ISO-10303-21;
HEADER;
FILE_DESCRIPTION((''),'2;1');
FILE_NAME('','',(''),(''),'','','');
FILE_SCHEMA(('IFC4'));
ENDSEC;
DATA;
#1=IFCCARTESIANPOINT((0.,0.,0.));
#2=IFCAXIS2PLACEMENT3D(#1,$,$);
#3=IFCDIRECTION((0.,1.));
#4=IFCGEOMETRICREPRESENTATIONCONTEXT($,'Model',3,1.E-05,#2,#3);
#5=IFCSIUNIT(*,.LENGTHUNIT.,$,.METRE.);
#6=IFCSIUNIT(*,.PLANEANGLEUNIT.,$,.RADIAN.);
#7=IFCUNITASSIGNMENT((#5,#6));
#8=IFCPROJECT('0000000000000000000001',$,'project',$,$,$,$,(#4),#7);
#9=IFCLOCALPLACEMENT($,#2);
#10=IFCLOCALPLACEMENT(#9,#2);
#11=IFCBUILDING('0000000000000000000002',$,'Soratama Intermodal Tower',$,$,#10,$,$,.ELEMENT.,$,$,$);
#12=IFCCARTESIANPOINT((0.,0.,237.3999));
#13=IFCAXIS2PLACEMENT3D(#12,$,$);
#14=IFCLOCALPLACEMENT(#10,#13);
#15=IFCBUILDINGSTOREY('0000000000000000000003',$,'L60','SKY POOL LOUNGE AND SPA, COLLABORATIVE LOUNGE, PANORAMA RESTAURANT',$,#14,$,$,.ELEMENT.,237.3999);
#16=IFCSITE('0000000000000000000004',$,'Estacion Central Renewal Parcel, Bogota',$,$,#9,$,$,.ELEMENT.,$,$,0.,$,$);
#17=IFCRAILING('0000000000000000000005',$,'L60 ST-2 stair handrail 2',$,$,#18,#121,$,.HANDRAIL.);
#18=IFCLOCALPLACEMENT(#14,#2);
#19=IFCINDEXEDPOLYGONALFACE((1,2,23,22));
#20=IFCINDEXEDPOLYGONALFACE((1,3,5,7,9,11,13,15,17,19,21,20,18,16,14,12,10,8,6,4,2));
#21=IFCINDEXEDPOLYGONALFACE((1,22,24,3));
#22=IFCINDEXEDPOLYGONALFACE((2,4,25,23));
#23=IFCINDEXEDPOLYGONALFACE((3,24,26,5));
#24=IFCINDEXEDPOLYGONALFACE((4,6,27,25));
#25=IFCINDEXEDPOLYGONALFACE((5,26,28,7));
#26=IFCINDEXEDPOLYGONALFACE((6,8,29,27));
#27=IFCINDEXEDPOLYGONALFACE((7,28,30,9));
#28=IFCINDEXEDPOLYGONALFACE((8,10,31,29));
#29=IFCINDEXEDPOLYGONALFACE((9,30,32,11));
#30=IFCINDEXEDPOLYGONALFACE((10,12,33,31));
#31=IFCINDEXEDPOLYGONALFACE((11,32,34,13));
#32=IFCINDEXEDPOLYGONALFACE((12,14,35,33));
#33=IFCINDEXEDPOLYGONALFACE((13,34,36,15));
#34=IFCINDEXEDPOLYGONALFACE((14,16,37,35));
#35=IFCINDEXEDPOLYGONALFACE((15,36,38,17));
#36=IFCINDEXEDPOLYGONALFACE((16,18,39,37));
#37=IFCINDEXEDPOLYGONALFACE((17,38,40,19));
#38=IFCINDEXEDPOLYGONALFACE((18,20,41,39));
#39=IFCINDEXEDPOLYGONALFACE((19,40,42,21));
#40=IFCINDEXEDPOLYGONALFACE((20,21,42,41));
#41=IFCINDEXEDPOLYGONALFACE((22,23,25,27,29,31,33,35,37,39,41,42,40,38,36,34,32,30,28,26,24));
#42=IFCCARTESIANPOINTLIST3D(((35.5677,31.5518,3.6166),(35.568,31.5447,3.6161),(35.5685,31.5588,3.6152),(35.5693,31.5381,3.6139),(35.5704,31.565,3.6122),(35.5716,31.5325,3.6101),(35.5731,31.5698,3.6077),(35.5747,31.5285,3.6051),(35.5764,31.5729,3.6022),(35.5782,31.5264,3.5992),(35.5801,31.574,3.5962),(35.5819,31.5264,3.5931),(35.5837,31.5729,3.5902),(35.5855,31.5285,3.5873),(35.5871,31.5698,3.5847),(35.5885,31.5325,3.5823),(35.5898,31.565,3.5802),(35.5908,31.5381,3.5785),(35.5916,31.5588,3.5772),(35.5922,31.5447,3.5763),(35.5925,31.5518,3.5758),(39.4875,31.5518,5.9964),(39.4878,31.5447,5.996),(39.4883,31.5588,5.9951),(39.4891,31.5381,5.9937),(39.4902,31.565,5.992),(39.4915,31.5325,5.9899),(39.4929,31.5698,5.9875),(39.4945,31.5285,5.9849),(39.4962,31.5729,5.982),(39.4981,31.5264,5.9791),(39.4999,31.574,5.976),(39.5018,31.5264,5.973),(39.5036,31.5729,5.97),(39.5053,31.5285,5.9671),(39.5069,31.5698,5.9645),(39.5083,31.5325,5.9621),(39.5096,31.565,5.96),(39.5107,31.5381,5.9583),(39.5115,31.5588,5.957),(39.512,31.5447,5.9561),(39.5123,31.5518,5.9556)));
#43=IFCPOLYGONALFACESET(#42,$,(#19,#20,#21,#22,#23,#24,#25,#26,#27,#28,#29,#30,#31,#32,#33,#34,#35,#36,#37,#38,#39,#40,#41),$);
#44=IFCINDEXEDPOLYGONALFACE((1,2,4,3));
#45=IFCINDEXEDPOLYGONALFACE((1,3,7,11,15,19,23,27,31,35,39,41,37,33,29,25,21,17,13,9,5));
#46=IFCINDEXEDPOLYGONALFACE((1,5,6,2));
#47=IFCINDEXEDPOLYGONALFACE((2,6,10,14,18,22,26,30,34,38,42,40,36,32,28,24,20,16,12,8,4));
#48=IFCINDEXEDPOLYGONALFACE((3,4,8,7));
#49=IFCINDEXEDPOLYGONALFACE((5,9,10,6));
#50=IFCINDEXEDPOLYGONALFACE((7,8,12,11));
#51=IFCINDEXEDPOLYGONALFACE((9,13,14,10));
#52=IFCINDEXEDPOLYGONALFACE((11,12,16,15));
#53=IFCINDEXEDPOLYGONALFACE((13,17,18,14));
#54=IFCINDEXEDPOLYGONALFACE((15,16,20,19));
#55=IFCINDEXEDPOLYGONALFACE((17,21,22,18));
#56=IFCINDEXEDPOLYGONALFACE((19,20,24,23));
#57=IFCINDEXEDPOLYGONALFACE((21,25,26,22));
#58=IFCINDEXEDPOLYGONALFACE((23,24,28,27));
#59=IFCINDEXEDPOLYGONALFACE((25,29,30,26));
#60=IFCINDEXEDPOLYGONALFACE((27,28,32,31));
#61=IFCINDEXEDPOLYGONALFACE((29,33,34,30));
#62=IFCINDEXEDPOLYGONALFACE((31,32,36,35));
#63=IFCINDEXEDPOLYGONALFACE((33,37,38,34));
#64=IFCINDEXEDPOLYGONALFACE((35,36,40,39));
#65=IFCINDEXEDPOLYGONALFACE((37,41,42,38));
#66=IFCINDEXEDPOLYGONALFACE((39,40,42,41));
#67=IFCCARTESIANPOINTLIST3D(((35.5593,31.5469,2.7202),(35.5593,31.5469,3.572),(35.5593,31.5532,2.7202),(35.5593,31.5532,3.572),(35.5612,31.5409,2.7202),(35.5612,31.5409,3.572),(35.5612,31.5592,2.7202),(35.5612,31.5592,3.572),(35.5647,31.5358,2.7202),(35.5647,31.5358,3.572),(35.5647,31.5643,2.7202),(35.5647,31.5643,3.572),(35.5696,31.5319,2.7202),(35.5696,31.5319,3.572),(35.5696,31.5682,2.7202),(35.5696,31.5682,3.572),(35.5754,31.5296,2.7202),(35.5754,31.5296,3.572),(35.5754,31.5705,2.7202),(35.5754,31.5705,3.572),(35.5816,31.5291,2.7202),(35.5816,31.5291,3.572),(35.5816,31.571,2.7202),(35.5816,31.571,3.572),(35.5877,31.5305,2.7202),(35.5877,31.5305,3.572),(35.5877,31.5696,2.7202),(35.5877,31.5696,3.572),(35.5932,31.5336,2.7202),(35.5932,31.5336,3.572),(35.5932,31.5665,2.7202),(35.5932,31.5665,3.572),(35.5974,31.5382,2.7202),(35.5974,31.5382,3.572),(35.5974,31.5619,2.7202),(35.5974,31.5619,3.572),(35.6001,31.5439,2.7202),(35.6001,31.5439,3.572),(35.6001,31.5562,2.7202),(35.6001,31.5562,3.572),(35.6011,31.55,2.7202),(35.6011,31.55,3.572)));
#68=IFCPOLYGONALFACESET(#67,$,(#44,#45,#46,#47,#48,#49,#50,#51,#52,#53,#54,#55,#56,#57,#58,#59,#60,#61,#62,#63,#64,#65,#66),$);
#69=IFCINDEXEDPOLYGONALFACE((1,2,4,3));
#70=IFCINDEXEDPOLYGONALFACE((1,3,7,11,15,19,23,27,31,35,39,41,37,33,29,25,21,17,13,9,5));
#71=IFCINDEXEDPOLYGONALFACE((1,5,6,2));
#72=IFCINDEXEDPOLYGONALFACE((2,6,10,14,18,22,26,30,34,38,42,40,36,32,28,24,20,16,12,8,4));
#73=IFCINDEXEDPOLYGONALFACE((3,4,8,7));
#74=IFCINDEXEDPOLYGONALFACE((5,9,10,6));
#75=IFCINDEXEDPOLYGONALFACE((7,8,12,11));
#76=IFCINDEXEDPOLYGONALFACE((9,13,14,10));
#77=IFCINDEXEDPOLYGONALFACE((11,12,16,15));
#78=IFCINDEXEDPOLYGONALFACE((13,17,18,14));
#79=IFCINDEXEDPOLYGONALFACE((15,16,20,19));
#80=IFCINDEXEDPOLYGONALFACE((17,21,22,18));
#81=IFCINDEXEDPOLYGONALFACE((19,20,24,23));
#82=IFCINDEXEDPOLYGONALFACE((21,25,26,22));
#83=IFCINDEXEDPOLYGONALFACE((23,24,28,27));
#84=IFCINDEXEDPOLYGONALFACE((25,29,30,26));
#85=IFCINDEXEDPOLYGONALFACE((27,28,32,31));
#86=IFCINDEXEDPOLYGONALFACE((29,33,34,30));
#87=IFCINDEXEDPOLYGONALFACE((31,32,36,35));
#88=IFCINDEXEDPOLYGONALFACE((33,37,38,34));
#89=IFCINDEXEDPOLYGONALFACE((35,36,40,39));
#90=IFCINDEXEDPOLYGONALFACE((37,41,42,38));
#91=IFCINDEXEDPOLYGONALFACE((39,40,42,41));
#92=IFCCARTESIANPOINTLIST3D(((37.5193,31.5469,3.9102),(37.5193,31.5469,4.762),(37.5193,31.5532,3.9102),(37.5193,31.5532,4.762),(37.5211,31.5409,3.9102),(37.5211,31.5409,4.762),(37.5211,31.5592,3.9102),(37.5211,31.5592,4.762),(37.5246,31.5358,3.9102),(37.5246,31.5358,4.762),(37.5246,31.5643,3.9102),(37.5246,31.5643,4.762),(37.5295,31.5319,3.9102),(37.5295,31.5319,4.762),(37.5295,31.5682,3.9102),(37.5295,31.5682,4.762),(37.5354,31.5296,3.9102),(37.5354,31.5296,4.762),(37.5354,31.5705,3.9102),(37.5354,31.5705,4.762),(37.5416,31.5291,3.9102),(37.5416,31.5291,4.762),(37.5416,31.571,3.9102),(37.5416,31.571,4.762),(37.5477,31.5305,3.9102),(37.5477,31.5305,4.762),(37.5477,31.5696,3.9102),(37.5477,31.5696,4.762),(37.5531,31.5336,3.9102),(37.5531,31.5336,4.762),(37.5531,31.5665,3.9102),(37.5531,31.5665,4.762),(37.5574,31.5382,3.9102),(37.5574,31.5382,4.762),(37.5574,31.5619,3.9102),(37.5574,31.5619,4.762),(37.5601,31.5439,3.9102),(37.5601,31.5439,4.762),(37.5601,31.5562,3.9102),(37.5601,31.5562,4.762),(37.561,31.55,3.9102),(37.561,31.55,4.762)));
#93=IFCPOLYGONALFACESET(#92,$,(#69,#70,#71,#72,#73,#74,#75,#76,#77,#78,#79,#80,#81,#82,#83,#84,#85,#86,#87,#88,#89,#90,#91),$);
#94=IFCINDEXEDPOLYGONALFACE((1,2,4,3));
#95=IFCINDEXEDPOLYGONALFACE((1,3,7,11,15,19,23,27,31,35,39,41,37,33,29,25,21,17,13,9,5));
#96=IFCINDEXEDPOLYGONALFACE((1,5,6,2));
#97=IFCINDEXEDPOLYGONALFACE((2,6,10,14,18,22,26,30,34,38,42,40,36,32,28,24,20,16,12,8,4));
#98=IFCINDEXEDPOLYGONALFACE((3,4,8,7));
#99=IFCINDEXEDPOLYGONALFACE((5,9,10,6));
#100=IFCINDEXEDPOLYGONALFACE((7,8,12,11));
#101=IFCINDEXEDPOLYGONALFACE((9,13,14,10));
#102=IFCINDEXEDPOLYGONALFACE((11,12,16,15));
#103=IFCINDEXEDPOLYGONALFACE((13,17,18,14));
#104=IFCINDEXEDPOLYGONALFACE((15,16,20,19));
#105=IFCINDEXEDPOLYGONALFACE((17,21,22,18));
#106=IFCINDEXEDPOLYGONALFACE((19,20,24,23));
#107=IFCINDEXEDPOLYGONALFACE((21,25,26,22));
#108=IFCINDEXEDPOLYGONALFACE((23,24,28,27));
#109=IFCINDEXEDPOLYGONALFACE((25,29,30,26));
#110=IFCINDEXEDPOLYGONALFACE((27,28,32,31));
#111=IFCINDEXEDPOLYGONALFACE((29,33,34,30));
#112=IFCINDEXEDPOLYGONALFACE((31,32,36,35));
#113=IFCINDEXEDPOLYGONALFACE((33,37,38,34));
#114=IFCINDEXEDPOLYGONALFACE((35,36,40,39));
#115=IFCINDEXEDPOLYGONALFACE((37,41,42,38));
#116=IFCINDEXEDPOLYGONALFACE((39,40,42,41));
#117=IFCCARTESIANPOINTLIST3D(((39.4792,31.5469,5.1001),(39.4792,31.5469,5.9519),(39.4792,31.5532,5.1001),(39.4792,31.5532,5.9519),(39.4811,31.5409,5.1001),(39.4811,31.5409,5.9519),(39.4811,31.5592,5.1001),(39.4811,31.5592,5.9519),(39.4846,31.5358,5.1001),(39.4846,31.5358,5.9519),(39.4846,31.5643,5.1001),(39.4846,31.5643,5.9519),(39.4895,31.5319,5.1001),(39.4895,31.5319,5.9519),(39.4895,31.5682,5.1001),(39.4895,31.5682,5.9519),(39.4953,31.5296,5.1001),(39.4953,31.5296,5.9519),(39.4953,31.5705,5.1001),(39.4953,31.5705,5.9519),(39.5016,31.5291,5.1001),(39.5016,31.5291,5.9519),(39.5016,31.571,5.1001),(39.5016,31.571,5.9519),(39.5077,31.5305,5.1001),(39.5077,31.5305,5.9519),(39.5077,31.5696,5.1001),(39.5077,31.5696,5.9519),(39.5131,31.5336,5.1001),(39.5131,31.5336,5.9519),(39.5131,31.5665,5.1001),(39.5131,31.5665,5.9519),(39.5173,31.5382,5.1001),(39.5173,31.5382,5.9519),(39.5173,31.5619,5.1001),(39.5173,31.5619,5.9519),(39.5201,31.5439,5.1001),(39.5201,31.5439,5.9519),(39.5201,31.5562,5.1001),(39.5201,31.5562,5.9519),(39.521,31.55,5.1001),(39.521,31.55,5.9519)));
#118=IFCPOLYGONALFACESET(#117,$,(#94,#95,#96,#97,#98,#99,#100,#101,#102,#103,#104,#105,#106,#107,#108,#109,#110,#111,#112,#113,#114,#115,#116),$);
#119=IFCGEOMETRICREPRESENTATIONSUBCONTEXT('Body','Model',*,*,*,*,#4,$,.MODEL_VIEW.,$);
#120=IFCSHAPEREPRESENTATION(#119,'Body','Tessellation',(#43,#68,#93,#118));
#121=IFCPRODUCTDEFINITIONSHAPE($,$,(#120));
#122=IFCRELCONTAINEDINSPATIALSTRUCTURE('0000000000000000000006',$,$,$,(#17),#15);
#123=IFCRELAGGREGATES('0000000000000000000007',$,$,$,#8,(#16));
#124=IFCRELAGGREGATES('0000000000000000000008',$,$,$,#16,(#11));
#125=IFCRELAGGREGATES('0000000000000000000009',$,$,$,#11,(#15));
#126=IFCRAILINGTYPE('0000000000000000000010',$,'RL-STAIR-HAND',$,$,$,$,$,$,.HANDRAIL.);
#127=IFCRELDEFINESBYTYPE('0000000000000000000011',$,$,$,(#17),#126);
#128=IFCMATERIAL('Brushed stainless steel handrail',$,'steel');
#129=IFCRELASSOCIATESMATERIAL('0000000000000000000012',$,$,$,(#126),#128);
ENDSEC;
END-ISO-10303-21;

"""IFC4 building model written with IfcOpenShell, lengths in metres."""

from ifc_helpers import new_model, si_unit, direction, frame, origin, origin_2d, place, context, subcontext, project, spatial, circle, extrude, material, type_object, element, save


model = new_model("IFC4")

# Units and contexts
model_context = context("Model", 3, precision=1e-05, world=origin(), true_north=direction((0.0, 1.0)))
body_context = subcontext(model_context, "Body", "Model", "MODEL_VIEW")
ifc_project = project(units=[si_unit("LENGTHUNIT", "METRE"), si_unit("PLANEANGLEUNIT", "RADIAN")], contexts=[model_context])

# Site, building, storey
site_placement = place(None, origin())
site = spatial("IfcSite", under=ifc_project, at=site_placement, Name="Estacion Central Renewal Parcel, Bogota", CompositionType="ELEMENT", RefElevation=0.0)
building_placement = place(site_placement, origin())
building = spatial("IfcBuilding", under=site, at=building_placement, Name="Soratama Intermodal Tower", CompositionType="ELEMENT")
storey_placement = place(building_placement, frame((0.0, 0.0, 237.3999)))
storey = spatial("IfcBuildingStorey", under=building, at=storey_placement, Name="L60", Description="SKY POOL LOUNGE AND SPA, COLLABORATIVE LOUNGE, PANORAMA RESTAURANT", CompositionType="ELEMENT", Elevation=237.3999)

# Railing
ifc_material_1 = material(Name="Brushed stainless steel handrail", Category="steel")
railing_type_1 = type_object("IfcRailingType", Name="RL-STAIR-HAND", PredefinedType="HANDRAIL", material=ifc_material_1)
railing_1_placement = place(storey_placement, frame((35.5801, 31.55, 2.7202)))
element("IfcRailing", 1, at=railing_1_placement, inside=storey, type_object=railing_type_1, Name="L60 ST-2 stair handrail 2", PredefinedType="HANDRAIL", context=body_context, shape_type="SweptSolid", body=[
    extrude(circle(Radius=0.0239, at=origin_2d()), frame((0.0, 0.0, 0.876), z_axis=(0.854794, 0.0, 0.518967), x_axis=(0.0, 1.0, 0.0)), (0.0, 0.0, 1.0), 4.5857),
    extrude(circle(Radius=0.021, at=origin_2d()), origin(), (0.0, 0.0, 1.0), 0.8518),
    extrude(circle(Radius=0.021, at=origin_2d()), frame((1.96, 0.0, 1.1899)), (0.0, 0.0, 1.0), 0.8518),
    extrude(circle(Radius=0.021, at=origin_2d()), frame((3.9199, 0.0, 2.3799)), (0.0, 0.0, 1.0), 0.8518),
])

save(model, "model.ifc")
